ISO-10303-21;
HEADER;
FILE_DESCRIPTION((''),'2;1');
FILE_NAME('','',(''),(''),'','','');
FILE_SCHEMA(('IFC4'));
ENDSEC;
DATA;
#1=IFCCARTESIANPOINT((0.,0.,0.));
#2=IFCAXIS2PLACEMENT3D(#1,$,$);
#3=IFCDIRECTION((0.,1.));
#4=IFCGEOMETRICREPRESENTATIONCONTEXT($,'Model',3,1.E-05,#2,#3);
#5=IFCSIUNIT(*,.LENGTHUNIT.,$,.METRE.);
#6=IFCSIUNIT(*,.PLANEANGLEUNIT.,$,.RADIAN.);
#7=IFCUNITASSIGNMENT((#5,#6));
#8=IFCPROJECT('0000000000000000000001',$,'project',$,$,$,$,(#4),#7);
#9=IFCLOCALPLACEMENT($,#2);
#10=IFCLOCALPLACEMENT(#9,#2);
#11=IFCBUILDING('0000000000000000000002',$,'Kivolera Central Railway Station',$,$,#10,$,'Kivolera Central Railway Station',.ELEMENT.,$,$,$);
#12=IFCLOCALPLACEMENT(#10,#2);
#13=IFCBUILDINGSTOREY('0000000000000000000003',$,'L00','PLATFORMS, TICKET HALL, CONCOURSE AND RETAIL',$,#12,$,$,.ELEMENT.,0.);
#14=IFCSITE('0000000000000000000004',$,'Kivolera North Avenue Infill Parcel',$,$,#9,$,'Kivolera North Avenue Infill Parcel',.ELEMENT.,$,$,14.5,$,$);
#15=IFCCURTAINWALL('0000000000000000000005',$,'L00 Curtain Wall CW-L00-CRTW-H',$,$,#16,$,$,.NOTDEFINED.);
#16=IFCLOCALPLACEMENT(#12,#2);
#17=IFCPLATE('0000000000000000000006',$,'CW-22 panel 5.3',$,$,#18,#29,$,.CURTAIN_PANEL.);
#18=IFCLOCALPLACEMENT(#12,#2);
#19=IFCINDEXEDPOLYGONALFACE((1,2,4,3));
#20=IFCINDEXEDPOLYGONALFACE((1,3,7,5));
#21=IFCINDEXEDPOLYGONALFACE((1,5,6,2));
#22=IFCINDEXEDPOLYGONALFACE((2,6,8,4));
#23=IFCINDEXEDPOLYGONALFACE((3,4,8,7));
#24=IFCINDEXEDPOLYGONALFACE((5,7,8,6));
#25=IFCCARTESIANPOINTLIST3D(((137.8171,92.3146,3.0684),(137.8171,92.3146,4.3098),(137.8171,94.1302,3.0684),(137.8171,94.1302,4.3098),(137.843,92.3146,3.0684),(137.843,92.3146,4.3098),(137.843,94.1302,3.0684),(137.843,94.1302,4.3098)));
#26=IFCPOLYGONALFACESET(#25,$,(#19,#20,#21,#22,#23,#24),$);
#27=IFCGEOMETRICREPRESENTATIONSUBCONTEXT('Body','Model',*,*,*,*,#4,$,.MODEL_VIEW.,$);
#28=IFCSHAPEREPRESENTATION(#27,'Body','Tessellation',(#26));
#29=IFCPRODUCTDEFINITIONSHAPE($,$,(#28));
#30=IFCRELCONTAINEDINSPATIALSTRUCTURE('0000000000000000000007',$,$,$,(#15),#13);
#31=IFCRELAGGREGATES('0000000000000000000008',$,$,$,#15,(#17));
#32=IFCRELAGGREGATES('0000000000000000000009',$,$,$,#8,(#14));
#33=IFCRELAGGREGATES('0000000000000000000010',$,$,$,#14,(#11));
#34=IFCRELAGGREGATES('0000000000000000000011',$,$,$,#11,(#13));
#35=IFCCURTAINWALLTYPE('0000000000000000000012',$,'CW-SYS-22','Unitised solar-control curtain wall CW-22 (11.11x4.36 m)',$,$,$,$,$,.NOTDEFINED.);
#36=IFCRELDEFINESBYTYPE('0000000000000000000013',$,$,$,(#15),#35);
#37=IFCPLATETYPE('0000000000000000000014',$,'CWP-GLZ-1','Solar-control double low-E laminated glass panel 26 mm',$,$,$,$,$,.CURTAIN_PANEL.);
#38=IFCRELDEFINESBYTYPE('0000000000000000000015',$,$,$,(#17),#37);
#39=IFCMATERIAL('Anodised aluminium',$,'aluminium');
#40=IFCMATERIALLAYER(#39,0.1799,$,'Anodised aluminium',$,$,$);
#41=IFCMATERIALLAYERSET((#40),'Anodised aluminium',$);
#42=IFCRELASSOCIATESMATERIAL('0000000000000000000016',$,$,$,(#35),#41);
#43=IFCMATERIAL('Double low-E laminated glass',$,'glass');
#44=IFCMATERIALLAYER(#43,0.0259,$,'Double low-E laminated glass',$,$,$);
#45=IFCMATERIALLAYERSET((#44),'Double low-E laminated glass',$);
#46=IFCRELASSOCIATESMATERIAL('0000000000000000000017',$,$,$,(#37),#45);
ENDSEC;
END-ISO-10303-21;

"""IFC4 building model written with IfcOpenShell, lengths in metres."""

from ifc_helpers import new_model, si_unit, direction, frame, origin, origin_2d, place, context, subcontext, project, spatial, rectangle, extrude, material, layer, layer_set, type_object, element, aggregate, save


model = new_model("IFC4")

# Units and contexts
model_context = context("Model", 3, precision=1e-05, world=origin(), true_north=direction((0.0, 1.0)))
body_context = subcontext(model_context, "Body", "Model", "MODEL_VIEW")
ifc_project = project(units=[si_unit("LENGTHUNIT", "METRE"), si_unit("PLANEANGLEUNIT", "RADIAN")], contexts=[model_context])

# Site, building, storey
site_placement = place(None, origin())
site = spatial("IfcSite", under=ifc_project, at=site_placement, Name="Kivolera North Avenue Infill Parcel", LongName="Kivolera North Avenue Infill Parcel", CompositionType="ELEMENT", RefElevation=14.5)
building_placement = place(site_placement, origin())
building = spatial("IfcBuilding", under=site, at=building_placement, Name="Kivolera Central Railway Station", LongName="Kivolera Central Railway Station", CompositionType="ELEMENT")
storey_placement = place(building_placement, origin())
storey = spatial("IfcBuildingStorey", under=building, at=storey_placement, Name="L00", Description="PLATFORMS, TICKET HALL, CONCOURSE AND RETAIL", CompositionType="ELEMENT", Elevation=0.0)

# Curtain wall, plate
ifc_material_1 = material(Name="Anodised aluminium", Category="aluminium")
ifc_layer_1 = layer(ifc_material_1, 0.1799, Name="Anodised aluminium")
ifc_layer_set_1 = layer_set([ifc_layer_1], Name="Anodised aluminium")
curtain_wall_type = type_object("IfcCurtainWallType", Name="CW-SYS-22", Description="Unitised solar-control curtain wall CW-22 (11.11x4.36 m)", PredefinedType="NOTDEFINED", material=ifc_layer_set_1)
curtain_wall_placement = place(storey_placement, origin())
curtain_wall = element("IfcCurtainWall", 1, at=curtain_wall_placement, inside=storey, type_object=curtain_wall_type, Name="L00 Curtain Wall CW-L00-CRTW-H", PredefinedType="NOTDEFINED")
ifc_material_2 = material(Name="Double low-E laminated glass", Category="glass")
ifc_layer_2 = layer(ifc_material_2, 0.0259, Name="Double low-E laminated glass")
ifc_layer_set_2 = layer_set([ifc_layer_2], Name="Double low-E laminated glass")
plate_type = type_object("IfcPlateType", Name="CWP-GLZ-1", Description="Solar-control double low-E laminated glass panel 26 mm", PredefinedType="CURTAIN_PANEL", material=ifc_layer_set_2)
plate_1_placement = place(storey_placement, frame((137.8301, 93.2224, 3.0684), z_axis=(0.0, 0.0, 1.0), x_axis=(0.0, -1.0, 0.0)))
plate_1 = element("IfcPlate", 2, at=plate_1_placement, type_object=plate_type, Name="CW-22 panel 5.3", PredefinedType="CURTAIN_PANEL", context=body_context, shape_type="SweptSolid", body=[
    extrude(rectangle(XDim=1.8157, YDim=0.0259, at=origin_2d()), origin(), (0.0, 0.0, 1.0), 1.2415),
])
aggregate(curtain_wall, [plate_1])

save(model, "model.ifc")
